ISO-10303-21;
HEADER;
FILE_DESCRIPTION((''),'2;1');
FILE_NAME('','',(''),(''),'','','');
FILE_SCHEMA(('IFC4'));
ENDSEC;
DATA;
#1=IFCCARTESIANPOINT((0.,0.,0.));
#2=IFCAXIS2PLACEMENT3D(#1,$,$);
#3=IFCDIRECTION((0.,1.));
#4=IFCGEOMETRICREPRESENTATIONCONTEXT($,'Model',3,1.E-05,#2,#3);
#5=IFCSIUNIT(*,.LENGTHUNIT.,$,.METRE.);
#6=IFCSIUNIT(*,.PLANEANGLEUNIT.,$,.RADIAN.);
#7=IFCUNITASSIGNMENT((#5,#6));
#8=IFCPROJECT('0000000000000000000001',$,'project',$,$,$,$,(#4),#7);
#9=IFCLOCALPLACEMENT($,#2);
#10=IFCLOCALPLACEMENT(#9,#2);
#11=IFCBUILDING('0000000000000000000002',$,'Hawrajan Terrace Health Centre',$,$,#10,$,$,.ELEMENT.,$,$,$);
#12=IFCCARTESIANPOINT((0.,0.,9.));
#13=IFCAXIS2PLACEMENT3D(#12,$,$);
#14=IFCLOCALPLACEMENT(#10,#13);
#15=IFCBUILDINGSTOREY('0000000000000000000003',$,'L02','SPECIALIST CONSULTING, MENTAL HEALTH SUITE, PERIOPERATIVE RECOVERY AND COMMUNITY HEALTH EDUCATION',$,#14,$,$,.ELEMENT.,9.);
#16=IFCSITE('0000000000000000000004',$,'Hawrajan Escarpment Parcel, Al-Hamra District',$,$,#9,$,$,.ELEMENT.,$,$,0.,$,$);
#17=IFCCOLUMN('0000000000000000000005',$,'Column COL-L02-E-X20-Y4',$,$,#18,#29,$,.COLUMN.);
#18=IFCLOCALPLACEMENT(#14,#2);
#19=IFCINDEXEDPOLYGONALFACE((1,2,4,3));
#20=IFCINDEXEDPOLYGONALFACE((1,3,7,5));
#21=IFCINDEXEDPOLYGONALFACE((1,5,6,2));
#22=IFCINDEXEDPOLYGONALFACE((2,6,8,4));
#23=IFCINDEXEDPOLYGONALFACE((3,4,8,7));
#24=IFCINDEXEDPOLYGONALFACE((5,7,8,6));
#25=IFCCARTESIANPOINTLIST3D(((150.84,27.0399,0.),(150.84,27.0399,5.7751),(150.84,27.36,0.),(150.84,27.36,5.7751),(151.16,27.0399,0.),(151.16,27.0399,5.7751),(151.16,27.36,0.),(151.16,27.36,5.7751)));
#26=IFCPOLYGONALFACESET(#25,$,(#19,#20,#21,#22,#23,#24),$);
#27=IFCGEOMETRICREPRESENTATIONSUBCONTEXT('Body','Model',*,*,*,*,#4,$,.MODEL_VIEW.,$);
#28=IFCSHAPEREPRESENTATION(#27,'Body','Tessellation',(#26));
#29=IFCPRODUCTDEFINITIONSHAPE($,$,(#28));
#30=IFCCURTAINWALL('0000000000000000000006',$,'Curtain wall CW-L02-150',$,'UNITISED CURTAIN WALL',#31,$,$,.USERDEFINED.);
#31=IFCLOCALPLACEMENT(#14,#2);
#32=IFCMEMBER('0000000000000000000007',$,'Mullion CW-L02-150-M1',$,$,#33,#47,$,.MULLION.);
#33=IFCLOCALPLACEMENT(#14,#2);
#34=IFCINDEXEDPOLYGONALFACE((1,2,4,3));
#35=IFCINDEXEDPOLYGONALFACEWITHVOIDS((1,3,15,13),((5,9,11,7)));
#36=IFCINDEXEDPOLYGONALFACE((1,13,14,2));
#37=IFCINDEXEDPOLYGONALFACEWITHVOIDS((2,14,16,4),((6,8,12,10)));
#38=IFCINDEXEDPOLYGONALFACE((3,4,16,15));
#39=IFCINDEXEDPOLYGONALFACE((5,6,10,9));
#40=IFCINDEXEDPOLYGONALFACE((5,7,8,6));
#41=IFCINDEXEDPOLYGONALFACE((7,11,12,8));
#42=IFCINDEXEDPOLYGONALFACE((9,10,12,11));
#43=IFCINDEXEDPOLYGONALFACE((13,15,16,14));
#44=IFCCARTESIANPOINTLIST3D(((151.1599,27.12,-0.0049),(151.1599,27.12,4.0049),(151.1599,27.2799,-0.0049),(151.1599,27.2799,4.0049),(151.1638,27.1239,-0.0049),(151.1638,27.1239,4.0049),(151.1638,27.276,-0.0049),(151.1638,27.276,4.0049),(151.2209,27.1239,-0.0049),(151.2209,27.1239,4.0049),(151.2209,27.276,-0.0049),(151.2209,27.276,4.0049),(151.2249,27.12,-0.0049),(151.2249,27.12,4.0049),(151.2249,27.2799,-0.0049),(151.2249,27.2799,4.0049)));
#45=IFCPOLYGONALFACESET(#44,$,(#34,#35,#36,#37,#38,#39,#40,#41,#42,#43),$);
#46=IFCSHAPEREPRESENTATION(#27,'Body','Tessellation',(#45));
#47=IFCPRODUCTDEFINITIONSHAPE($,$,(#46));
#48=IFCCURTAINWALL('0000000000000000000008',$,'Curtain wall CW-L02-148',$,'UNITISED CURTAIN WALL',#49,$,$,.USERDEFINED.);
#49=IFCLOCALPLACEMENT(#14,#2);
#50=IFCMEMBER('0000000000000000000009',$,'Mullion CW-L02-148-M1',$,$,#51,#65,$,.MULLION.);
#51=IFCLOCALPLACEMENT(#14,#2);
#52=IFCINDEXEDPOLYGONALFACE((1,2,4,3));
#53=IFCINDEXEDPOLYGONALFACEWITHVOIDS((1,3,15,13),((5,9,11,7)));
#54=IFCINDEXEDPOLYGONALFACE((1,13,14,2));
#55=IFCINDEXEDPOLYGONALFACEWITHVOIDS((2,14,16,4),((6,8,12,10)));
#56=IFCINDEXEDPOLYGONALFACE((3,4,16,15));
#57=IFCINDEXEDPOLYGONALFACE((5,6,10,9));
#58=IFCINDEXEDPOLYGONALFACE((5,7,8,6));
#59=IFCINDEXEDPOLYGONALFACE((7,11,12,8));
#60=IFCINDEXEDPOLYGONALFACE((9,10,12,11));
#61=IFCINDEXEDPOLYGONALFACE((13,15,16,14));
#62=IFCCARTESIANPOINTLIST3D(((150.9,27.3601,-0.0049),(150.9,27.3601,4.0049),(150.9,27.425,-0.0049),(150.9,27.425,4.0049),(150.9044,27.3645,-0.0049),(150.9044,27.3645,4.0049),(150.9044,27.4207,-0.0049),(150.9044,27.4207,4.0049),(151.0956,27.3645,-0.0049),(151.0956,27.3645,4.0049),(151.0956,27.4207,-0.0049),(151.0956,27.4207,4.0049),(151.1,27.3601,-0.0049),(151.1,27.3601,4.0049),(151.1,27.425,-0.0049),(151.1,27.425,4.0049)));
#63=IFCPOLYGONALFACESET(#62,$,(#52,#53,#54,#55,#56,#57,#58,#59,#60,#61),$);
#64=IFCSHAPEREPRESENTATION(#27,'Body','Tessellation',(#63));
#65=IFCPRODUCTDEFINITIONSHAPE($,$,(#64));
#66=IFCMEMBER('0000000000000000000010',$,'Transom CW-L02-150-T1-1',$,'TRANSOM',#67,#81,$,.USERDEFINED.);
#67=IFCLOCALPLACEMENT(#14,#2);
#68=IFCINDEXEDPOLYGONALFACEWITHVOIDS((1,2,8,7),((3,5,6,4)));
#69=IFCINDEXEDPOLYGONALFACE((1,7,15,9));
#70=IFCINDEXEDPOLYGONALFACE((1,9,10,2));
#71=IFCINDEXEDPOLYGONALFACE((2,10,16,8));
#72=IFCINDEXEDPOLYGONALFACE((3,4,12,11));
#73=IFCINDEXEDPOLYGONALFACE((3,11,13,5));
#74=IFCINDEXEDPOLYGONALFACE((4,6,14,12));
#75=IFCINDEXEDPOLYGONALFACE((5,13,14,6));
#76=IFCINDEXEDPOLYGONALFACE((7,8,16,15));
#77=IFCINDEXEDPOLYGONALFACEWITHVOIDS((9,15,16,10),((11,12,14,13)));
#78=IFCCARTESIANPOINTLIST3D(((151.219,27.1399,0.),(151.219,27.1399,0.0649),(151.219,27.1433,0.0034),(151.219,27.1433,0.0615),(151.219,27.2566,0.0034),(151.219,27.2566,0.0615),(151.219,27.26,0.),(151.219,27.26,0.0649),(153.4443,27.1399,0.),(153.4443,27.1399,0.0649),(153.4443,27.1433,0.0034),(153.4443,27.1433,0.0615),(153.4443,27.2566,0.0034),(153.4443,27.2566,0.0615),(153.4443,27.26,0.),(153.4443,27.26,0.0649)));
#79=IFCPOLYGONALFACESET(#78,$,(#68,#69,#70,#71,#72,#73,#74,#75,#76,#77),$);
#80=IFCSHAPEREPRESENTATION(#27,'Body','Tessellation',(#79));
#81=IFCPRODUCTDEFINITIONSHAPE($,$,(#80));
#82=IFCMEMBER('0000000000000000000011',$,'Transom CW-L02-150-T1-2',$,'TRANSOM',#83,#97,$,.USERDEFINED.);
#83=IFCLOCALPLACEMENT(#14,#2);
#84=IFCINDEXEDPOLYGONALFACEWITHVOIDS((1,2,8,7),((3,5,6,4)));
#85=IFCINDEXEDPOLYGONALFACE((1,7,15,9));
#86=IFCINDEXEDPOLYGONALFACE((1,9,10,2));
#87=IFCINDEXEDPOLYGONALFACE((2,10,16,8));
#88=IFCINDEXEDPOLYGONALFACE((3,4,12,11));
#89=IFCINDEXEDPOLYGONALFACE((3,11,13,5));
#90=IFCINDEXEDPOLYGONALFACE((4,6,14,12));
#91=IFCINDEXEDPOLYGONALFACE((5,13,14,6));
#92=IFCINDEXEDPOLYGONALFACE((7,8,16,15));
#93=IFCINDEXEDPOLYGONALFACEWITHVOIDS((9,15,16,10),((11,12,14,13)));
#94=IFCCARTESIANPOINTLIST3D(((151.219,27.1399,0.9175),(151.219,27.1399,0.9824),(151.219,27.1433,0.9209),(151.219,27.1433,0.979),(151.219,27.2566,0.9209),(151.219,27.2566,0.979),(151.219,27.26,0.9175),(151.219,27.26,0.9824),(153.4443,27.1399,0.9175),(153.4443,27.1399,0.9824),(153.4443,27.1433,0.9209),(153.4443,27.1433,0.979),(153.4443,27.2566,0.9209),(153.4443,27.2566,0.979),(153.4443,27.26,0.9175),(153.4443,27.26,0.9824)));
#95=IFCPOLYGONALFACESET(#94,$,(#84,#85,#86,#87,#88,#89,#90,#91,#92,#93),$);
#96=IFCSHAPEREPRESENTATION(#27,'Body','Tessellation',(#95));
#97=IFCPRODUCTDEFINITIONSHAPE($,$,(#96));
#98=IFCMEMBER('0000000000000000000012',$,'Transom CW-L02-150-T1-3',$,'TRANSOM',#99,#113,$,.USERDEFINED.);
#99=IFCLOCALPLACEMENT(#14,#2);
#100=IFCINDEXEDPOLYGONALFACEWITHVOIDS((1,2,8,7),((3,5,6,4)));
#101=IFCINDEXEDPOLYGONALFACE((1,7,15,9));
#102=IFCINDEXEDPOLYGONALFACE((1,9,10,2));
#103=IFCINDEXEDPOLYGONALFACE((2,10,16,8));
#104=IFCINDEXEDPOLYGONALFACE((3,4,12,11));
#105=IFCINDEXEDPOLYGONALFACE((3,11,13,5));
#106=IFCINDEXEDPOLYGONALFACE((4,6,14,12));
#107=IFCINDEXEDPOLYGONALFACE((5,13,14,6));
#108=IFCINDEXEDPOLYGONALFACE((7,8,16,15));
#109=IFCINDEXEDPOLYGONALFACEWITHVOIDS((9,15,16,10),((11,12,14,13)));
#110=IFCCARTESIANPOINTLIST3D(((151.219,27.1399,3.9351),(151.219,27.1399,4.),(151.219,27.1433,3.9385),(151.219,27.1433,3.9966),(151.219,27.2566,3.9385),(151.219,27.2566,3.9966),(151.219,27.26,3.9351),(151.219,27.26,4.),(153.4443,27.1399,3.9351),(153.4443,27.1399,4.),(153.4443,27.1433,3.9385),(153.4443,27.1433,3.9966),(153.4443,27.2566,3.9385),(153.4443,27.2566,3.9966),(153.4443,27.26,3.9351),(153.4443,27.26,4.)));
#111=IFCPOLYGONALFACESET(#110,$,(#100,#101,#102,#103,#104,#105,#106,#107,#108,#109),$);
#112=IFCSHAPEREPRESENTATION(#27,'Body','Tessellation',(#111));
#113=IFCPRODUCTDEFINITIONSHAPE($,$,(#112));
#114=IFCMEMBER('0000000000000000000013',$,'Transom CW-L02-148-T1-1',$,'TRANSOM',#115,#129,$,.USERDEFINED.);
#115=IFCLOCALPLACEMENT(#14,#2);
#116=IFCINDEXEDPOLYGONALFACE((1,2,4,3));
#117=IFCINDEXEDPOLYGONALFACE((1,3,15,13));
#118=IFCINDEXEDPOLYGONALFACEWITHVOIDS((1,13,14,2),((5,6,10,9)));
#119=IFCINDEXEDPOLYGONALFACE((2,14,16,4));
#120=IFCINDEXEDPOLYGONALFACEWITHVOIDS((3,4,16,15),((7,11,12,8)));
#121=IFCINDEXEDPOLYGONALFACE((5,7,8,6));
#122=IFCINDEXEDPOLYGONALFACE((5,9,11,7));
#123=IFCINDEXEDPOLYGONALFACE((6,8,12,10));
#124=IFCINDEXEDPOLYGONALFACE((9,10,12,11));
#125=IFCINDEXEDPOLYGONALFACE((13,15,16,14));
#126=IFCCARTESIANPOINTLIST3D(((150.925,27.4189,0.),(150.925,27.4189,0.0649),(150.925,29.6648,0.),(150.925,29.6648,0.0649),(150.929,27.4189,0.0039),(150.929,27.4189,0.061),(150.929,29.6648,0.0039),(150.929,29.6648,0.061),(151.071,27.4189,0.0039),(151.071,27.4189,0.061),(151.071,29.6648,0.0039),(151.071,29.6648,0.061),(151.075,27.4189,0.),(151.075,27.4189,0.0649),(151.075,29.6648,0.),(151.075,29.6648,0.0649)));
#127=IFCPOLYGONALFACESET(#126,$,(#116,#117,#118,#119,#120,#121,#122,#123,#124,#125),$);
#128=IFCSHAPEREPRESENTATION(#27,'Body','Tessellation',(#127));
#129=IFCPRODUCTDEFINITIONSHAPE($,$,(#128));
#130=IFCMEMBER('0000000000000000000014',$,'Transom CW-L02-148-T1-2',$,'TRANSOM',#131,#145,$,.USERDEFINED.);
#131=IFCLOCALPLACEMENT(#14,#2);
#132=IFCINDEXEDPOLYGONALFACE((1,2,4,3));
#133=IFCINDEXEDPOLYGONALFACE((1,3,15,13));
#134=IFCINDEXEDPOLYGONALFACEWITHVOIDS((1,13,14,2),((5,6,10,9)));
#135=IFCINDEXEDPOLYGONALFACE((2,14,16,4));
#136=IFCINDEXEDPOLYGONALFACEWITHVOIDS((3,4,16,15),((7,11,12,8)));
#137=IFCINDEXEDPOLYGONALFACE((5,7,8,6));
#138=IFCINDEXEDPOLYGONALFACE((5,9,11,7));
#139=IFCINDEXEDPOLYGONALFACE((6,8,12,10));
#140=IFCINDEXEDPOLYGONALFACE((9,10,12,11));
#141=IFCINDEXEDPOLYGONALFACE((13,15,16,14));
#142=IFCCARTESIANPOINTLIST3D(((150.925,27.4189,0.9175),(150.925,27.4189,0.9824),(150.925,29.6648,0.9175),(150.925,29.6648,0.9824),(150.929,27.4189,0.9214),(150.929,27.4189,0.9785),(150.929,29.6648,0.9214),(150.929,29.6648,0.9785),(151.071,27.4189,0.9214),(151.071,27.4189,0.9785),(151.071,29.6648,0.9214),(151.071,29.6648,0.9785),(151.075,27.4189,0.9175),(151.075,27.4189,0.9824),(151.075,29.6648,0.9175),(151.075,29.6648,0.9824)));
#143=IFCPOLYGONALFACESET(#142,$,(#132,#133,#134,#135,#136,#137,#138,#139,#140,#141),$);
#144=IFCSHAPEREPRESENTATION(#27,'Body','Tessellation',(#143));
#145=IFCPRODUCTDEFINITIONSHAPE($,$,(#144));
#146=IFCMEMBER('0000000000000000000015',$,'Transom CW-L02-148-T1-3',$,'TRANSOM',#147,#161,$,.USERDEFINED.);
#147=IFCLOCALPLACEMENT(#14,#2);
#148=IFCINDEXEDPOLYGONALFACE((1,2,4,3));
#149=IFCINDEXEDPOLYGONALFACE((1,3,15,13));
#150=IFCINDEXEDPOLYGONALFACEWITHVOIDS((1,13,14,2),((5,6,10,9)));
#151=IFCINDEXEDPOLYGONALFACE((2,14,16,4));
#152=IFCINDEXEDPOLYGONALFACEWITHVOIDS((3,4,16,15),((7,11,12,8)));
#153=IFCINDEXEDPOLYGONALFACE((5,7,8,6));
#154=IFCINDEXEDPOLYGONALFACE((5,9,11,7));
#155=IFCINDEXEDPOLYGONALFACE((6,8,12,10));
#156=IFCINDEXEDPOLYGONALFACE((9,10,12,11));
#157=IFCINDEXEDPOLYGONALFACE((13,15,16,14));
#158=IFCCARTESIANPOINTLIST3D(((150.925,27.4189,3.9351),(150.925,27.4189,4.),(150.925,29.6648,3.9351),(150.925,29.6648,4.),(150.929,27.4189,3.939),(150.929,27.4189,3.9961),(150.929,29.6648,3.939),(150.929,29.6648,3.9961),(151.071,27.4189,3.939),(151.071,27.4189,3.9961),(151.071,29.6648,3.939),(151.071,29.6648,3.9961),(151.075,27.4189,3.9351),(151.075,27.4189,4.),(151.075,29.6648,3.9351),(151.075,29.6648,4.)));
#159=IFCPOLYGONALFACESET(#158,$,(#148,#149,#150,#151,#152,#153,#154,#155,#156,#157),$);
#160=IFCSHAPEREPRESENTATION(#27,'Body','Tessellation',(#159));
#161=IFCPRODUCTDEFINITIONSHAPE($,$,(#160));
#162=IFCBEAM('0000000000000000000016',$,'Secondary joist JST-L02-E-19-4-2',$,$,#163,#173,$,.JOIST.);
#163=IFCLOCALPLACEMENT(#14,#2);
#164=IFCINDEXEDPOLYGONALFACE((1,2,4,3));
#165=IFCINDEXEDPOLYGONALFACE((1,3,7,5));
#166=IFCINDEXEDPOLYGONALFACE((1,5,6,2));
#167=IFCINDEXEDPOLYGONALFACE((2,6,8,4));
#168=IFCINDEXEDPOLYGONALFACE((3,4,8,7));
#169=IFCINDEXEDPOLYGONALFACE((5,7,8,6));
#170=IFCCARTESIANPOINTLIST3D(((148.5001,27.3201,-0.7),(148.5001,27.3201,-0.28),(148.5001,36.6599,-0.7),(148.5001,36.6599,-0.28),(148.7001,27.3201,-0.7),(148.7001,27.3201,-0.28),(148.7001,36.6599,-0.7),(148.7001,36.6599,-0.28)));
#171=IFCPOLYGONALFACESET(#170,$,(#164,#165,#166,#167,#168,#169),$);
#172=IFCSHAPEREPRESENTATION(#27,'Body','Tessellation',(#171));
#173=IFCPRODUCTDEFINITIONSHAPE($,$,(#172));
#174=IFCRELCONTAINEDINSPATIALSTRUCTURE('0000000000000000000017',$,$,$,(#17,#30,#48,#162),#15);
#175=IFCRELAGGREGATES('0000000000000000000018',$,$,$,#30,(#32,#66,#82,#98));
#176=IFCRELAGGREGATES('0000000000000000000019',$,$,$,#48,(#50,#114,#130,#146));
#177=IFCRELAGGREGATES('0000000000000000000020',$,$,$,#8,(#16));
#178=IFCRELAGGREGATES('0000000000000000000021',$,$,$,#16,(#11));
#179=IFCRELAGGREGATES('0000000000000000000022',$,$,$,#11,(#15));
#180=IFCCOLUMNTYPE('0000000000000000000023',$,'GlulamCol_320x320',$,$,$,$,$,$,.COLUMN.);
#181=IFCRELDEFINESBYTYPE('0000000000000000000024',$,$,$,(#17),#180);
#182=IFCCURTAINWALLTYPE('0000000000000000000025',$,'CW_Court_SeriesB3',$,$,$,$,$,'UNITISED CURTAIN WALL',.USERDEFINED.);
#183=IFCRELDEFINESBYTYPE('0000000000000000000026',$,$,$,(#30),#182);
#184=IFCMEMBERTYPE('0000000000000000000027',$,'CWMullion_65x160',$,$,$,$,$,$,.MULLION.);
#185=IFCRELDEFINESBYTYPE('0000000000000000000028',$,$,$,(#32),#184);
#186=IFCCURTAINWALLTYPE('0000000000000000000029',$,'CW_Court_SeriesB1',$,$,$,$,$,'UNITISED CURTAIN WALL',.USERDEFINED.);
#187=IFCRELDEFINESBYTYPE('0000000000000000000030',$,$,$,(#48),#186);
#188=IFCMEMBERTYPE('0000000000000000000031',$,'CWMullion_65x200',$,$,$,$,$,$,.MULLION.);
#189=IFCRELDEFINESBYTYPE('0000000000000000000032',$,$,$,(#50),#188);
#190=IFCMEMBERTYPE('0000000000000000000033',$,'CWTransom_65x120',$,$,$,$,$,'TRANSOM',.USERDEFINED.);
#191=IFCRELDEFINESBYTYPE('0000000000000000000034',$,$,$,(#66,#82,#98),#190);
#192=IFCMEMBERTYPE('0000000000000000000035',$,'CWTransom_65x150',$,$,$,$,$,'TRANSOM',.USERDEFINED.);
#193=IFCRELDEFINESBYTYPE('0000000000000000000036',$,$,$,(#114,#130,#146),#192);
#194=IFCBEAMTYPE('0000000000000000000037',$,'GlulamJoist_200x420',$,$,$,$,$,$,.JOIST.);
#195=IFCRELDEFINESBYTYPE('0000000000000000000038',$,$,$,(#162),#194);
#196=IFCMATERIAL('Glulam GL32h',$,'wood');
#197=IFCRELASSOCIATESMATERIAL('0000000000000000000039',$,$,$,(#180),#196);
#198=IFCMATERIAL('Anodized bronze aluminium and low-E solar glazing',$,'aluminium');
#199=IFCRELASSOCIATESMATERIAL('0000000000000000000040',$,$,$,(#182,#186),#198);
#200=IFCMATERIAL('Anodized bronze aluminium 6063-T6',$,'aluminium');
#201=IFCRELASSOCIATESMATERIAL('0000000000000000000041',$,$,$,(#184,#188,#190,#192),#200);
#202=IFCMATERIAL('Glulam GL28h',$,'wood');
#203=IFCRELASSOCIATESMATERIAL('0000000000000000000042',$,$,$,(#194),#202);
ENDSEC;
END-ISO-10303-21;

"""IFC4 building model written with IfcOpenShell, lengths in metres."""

from ifc_helpers import new_model, si_unit, direction, frame, origin, origin_2d, place, context, subcontext, project, spatial, rectangle, hollow_rectangle, extrude, material, material_profile, profile_set, type_object, element, aggregate, save


model = new_model("IFC4")

# Units and contexts
model_context = context("Model", 3, precision=1e-05, world=origin(), true_north=direction((0.0, 1.0)))
body_context = subcontext(model_context, "Body", "Model", "MODEL_VIEW")
ifc_project = project(units=[si_unit("LENGTHUNIT", "METRE"), si_unit("PLANEANGLEUNIT", "RADIAN")], contexts=[model_context])

# Site, building, storey
site_placement = place(None, origin())
site = spatial("IfcSite", under=ifc_project, at=site_placement, Name="Hawrajan Escarpment Parcel, Al-Hamra District", CompositionType="ELEMENT", RefElevation=0.0)
building_placement = place(site_placement, origin())
building = spatial("IfcBuilding", under=site, at=building_placement, Name="Hawrajan Terrace Health Centre", CompositionType="ELEMENT")
storey_placement = place(building_placement, frame((0.0, 0.0, 9.0)))
storey = spatial("IfcBuildingStorey", under=building, at=storey_placement, Name="L02", Description="SPECIALIST CONSULTING, MENTAL HEALTH SUITE, PERIOPERATIVE RECOVERY AND COMMUNITY HEALTH EDUCATION", CompositionType="ELEMENT", Elevation=9.0)

# Column
ifc_material_1 = material(Name="Glulam GL32h", Category="wood")
ifc_material_profile_1 = material_profile(ifc_material_1, rectangle(XDim=0.3201, YDim=0.3201, at=origin_2d()), Name="GL 320x320")
ifc_profile_set_1 = profile_set([ifc_material_profile_1], Name="Glulam GL32h")
column_type = type_object("IfcColumnType", Name="GlulamCol_320x320", PredefinedType="COLUMN", material=ifc_profile_set_1)
column_placement = place(storey_placement, frame((151.0, 27.2, 0.0), z_axis=(0.0, 0.0, 1.0), x_axis=(1.0, 0.0, 0.0)))
element("IfcColumn", 1, at=column_placement, inside=storey, type_object=column_type, Name="Column COL-L02-E-X20-Y4", PredefinedType="COLUMN", context=body_context, shape_type="SweptSolid", body=[
    extrude(rectangle(XDim=0.3201, YDim=0.3201, at=origin_2d()), origin(), (0.0, 0.0, 1.0), 5.7751),
])

# Curtain walls, members
ifc_material_2 = material(Name="Anodized bronze aluminium and low-E solar glazing", Category="aluminium")
curtain_wall_type_1 = type_object("IfcCurtainWallType", Name="CW_Court_SeriesB3", ElementType="UNITISED CURTAIN WALL", PredefinedType="USERDEFINED", material=ifc_material_2)
curtain_wall_1_placement = place(storey_placement, origin())
curtain_wall_1 = element("IfcCurtainWall", 2, at=curtain_wall_1_placement, inside=storey, type_object=curtain_wall_type_1, Name="Curtain wall CW-L02-150", ObjectType="UNITISED CURTAIN WALL", PredefinedType="USERDEFINED")
ifc_material_3 = material(Name="Anodized bronze aluminium 6063-T6", Category="aluminium")
ifc_material_profile_2 = material_profile(ifc_material_3, hollow_rectangle(XDim=0.0649, YDim=0.1599, WallThickness=0.0039, at=origin_2d()), Name="CW MUL 65x160")
ifc_profile_set_2 = profile_set([ifc_material_profile_2], Name="Anodized bronze aluminium 6063-T6")
member_type_1 = type_object("IfcMemberType", Name="CWMullion_65x160", PredefinedType="MULLION", material=ifc_profile_set_2)
member_1_placement = place(storey_placement, frame((151.1924, 27.2, -0.0049), z_axis=(0.0, 0.0, 1.0), x_axis=(1.0, 0.0, 0.0)))
member_1 = element("IfcMember", 3, at=member_1_placement, type_object=member_type_1, Name="Mullion CW-L02-150-M1", PredefinedType="MULLION", context=body_context, shape_type="SweptSolid", body=[
    extrude(hollow_rectangle(XDim=0.0649, YDim=0.1599, WallThickness=0.0039, at=origin_2d()), origin(), (0.0, 0.0, 1.0), 4.0098),
])
curtain_wall_type_2 = type_object("IfcCurtainWallType", Name="CW_Court_SeriesB1", ElementType="UNITISED CURTAIN WALL", PredefinedType="USERDEFINED", material=ifc_material_2)
curtain_wall_2_placement = place(storey_placement, origin())
curtain_wall_2 = element("IfcCurtainWall", 4, at=curtain_wall_2_placement, inside=storey, type_object=curtain_wall_type_2, Name="Curtain wall CW-L02-148", ObjectType="UNITISED CURTAIN WALL", PredefinedType="USERDEFINED")
ifc_material_profile_3 = material_profile(ifc_material_3, hollow_rectangle(XDim=0.0649, YDim=0.2, WallThickness=0.0044, at=origin_2d()), Name="CW MUL 65x200")
ifc_profile_set_3 = profile_set([ifc_material_profile_3], Name="Anodized bronze aluminium 6063-T6")
member_type_2 = type_object("IfcMemberType", Name="CWMullion_65x200", PredefinedType="MULLION", material=ifc_profile_set_3)
member_2_placement = place(storey_placement, frame((151.0, 27.3926, -0.0049), z_axis=(0.0, 0.0, 1.0), x_axis=(0.0, 1.0, 0.0)))
member_2 = element("IfcMember", 5, at=member_2_placement, type_object=member_type_2, Name="Mullion CW-L02-148-M1", PredefinedType="MULLION", context=body_context, shape_type="SweptSolid", body=[
    extrude(hollow_rectangle(XDim=0.0649, YDim=0.2, WallThickness=0.0044, at=origin_2d()), origin(), (0.0, 0.0, 1.0), 4.0098),
])

# Members
ifc_material_profile_4 = material_profile(ifc_material_3, hollow_rectangle(XDim=0.0649, YDim=0.1201, WallThickness=0.0034, at=origin_2d()), Name="CW TRN 65x120")
ifc_profile_set_4 = profile_set([ifc_material_profile_4], Name="Anodized bronze aluminium 6063-T6")
member_type_3 = type_object("IfcMemberType", Name="CWTransom_65x120", ElementType="TRANSOM", PredefinedType="USERDEFINED", material=ifc_profile_set_4)
member_3_placement = place(storey_placement, frame((151.219, 27.2, 0.0325), z_axis=(1.0, 0.0, 0.0), x_axis=(0.0, 0.0, 1.0)))
member_3 = element("IfcMember", 6, at=member_3_placement, type_object=member_type_3, Name="Transom CW-L02-150-T1-1", ObjectType="TRANSOM", PredefinedType="USERDEFINED", context=body_context, shape_type="SweptSolid", body=[
    extrude(hollow_rectangle(XDim=0.0649, YDim=0.1201, WallThickness=0.0034, at=origin_2d()), origin(), (0.0, 0.0, 1.0), 2.2253),
])
member_4_placement = place(storey_placement, frame((151.219, 27.2, 0.95), z_axis=(1.0, 0.0, 0.0), x_axis=(0.0, 0.0, 1.0)))
member_4 = element("IfcMember", 7, at=member_4_placement, type_object=member_type_3, Name="Transom CW-L02-150-T1-2", ObjectType="TRANSOM", PredefinedType="USERDEFINED", context=body_context, shape_type="SweptSolid", body=[
    extrude(hollow_rectangle(XDim=0.0649, YDim=0.1201, WallThickness=0.0034, at=origin_2d()), origin(), (0.0, 0.0, 1.0), 2.2253),
])
member_5_placement = place(storey_placement, frame((151.219, 27.2, 3.9675), z_axis=(1.0, 0.0, 0.0), x_axis=(0.0, 0.0, 1.0)))
member_5 = element("IfcMember", 8, at=member_5_placement, type_object=member_type_3, Name="Transom CW-L02-150-T1-3", ObjectType="TRANSOM", PredefinedType="USERDEFINED", context=body_context, shape_type="SweptSolid", body=[
    extrude(hollow_rectangle(XDim=0.0649, YDim=0.1201, WallThickness=0.0034, at=origin_2d()), origin(), (0.0, 0.0, 1.0), 2.2253),
])
aggregate(curtain_wall_1, [member_1, member_3, member_4, member_5])
ifc_material_profile_5 = material_profile(ifc_material_3, hollow_rectangle(XDim=0.0649, YDim=0.1499, WallThickness=0.0039, at=origin_2d()), Name="CW TRN 65x150")
ifc_profile_set_5 = profile_set([ifc_material_profile_5], Name="Anodized bronze aluminium 6063-T6")
member_type_4 = type_object("IfcMemberType", Name="CWTransom_65x150", ElementType="TRANSOM", PredefinedType="USERDEFINED", material=ifc_profile_set_5)
member_6_placement = place(storey_placement, frame((151.0, 27.4189, 0.0325), z_axis=(0.0, 1.0, 0.0), x_axis=(0.0, 0.0, 1.0)))
member_6 = element("IfcMember", 9, at=member_6_placement, type_object=member_type_4, Name="Transom CW-L02-148-T1-1", ObjectType="TRANSOM", PredefinedType="USERDEFINED", context=body_context, shape_type="SweptSolid", body=[
    extrude(hollow_rectangle(XDim=0.0649, YDim=0.1499, WallThickness=0.0039, at=origin_2d()), origin(), (0.0, 0.0, 1.0), 2.2458),
])
member_7_placement = place(storey_placement, frame((151.0, 27.4189, 0.95), z_axis=(0.0, 1.0, 0.0), x_axis=(0.0, 0.0, 1.0)))
member_7 = element("IfcMember", 10, at=member_7_placement, type_object=member_type_4, Name="Transom CW-L02-148-T1-2", ObjectType="TRANSOM", PredefinedType="USERDEFINED", context=body_context, shape_type="SweptSolid", body=[
    extrude(hollow_rectangle(XDim=0.0649, YDim=0.1499, WallThickness=0.0039, at=origin_2d()), origin(), (0.0, 0.0, 1.0), 2.2458),
])
member_8_placement = place(storey_placement, frame((151.0, 27.4189, 3.9675), z_axis=(0.0, 1.0, 0.0), x_axis=(0.0, 0.0, 1.0)))
member_8 = element("IfcMember", 11, at=member_8_placement, type_object=member_type_4, Name="Transom CW-L02-148-T1-3", ObjectType="TRANSOM", PredefinedType="USERDEFINED", context=body_context, shape_type="SweptSolid", body=[
    extrude(hollow_rectangle(XDim=0.0649, YDim=0.1499, WallThickness=0.0039, at=origin_2d()), origin(), (0.0, 0.0, 1.0), 2.2458),
])
aggregate(curtain_wall_2, [member_2, member_6, member_7, member_8])

# Beam
ifc_material_4 = material(Name="Glulam GL28h", Category="wood")
ifc_material_profile_6 = material_profile(ifc_material_4, rectangle(XDim=0.2, YDim=0.4199, at=origin_2d()), Name="GL JST 200x420")
ifc_profile_set_6 = profile_set([ifc_material_profile_6], Name="Glulam GL28h")
beam_type_1 = type_object("IfcBeamType", Name="GlulamJoist_200x420", PredefinedType="JOIST", material=ifc_profile_set_6)
beam_1_placement = place(storey_placement, frame((148.6001, 27.3201, -0.49), z_axis=(0.0, 1.0, 0.0), x_axis=(-1.0, 0.0, 0.0)))
element("IfcBeam", 12, at=beam_1_placement, inside=storey, type_object=beam_type_1, Name="Secondary joist JST-L02-E-19-4-2", PredefinedType="JOIST", context=body_context, shape_type="SweptSolid", body=[
    extrude(rectangle(XDim=0.2, YDim=0.4199, at=origin_2d()), origin(), (0.0, 0.0, 1.0), 9.3398),
])

save(model, "model.ifc")
